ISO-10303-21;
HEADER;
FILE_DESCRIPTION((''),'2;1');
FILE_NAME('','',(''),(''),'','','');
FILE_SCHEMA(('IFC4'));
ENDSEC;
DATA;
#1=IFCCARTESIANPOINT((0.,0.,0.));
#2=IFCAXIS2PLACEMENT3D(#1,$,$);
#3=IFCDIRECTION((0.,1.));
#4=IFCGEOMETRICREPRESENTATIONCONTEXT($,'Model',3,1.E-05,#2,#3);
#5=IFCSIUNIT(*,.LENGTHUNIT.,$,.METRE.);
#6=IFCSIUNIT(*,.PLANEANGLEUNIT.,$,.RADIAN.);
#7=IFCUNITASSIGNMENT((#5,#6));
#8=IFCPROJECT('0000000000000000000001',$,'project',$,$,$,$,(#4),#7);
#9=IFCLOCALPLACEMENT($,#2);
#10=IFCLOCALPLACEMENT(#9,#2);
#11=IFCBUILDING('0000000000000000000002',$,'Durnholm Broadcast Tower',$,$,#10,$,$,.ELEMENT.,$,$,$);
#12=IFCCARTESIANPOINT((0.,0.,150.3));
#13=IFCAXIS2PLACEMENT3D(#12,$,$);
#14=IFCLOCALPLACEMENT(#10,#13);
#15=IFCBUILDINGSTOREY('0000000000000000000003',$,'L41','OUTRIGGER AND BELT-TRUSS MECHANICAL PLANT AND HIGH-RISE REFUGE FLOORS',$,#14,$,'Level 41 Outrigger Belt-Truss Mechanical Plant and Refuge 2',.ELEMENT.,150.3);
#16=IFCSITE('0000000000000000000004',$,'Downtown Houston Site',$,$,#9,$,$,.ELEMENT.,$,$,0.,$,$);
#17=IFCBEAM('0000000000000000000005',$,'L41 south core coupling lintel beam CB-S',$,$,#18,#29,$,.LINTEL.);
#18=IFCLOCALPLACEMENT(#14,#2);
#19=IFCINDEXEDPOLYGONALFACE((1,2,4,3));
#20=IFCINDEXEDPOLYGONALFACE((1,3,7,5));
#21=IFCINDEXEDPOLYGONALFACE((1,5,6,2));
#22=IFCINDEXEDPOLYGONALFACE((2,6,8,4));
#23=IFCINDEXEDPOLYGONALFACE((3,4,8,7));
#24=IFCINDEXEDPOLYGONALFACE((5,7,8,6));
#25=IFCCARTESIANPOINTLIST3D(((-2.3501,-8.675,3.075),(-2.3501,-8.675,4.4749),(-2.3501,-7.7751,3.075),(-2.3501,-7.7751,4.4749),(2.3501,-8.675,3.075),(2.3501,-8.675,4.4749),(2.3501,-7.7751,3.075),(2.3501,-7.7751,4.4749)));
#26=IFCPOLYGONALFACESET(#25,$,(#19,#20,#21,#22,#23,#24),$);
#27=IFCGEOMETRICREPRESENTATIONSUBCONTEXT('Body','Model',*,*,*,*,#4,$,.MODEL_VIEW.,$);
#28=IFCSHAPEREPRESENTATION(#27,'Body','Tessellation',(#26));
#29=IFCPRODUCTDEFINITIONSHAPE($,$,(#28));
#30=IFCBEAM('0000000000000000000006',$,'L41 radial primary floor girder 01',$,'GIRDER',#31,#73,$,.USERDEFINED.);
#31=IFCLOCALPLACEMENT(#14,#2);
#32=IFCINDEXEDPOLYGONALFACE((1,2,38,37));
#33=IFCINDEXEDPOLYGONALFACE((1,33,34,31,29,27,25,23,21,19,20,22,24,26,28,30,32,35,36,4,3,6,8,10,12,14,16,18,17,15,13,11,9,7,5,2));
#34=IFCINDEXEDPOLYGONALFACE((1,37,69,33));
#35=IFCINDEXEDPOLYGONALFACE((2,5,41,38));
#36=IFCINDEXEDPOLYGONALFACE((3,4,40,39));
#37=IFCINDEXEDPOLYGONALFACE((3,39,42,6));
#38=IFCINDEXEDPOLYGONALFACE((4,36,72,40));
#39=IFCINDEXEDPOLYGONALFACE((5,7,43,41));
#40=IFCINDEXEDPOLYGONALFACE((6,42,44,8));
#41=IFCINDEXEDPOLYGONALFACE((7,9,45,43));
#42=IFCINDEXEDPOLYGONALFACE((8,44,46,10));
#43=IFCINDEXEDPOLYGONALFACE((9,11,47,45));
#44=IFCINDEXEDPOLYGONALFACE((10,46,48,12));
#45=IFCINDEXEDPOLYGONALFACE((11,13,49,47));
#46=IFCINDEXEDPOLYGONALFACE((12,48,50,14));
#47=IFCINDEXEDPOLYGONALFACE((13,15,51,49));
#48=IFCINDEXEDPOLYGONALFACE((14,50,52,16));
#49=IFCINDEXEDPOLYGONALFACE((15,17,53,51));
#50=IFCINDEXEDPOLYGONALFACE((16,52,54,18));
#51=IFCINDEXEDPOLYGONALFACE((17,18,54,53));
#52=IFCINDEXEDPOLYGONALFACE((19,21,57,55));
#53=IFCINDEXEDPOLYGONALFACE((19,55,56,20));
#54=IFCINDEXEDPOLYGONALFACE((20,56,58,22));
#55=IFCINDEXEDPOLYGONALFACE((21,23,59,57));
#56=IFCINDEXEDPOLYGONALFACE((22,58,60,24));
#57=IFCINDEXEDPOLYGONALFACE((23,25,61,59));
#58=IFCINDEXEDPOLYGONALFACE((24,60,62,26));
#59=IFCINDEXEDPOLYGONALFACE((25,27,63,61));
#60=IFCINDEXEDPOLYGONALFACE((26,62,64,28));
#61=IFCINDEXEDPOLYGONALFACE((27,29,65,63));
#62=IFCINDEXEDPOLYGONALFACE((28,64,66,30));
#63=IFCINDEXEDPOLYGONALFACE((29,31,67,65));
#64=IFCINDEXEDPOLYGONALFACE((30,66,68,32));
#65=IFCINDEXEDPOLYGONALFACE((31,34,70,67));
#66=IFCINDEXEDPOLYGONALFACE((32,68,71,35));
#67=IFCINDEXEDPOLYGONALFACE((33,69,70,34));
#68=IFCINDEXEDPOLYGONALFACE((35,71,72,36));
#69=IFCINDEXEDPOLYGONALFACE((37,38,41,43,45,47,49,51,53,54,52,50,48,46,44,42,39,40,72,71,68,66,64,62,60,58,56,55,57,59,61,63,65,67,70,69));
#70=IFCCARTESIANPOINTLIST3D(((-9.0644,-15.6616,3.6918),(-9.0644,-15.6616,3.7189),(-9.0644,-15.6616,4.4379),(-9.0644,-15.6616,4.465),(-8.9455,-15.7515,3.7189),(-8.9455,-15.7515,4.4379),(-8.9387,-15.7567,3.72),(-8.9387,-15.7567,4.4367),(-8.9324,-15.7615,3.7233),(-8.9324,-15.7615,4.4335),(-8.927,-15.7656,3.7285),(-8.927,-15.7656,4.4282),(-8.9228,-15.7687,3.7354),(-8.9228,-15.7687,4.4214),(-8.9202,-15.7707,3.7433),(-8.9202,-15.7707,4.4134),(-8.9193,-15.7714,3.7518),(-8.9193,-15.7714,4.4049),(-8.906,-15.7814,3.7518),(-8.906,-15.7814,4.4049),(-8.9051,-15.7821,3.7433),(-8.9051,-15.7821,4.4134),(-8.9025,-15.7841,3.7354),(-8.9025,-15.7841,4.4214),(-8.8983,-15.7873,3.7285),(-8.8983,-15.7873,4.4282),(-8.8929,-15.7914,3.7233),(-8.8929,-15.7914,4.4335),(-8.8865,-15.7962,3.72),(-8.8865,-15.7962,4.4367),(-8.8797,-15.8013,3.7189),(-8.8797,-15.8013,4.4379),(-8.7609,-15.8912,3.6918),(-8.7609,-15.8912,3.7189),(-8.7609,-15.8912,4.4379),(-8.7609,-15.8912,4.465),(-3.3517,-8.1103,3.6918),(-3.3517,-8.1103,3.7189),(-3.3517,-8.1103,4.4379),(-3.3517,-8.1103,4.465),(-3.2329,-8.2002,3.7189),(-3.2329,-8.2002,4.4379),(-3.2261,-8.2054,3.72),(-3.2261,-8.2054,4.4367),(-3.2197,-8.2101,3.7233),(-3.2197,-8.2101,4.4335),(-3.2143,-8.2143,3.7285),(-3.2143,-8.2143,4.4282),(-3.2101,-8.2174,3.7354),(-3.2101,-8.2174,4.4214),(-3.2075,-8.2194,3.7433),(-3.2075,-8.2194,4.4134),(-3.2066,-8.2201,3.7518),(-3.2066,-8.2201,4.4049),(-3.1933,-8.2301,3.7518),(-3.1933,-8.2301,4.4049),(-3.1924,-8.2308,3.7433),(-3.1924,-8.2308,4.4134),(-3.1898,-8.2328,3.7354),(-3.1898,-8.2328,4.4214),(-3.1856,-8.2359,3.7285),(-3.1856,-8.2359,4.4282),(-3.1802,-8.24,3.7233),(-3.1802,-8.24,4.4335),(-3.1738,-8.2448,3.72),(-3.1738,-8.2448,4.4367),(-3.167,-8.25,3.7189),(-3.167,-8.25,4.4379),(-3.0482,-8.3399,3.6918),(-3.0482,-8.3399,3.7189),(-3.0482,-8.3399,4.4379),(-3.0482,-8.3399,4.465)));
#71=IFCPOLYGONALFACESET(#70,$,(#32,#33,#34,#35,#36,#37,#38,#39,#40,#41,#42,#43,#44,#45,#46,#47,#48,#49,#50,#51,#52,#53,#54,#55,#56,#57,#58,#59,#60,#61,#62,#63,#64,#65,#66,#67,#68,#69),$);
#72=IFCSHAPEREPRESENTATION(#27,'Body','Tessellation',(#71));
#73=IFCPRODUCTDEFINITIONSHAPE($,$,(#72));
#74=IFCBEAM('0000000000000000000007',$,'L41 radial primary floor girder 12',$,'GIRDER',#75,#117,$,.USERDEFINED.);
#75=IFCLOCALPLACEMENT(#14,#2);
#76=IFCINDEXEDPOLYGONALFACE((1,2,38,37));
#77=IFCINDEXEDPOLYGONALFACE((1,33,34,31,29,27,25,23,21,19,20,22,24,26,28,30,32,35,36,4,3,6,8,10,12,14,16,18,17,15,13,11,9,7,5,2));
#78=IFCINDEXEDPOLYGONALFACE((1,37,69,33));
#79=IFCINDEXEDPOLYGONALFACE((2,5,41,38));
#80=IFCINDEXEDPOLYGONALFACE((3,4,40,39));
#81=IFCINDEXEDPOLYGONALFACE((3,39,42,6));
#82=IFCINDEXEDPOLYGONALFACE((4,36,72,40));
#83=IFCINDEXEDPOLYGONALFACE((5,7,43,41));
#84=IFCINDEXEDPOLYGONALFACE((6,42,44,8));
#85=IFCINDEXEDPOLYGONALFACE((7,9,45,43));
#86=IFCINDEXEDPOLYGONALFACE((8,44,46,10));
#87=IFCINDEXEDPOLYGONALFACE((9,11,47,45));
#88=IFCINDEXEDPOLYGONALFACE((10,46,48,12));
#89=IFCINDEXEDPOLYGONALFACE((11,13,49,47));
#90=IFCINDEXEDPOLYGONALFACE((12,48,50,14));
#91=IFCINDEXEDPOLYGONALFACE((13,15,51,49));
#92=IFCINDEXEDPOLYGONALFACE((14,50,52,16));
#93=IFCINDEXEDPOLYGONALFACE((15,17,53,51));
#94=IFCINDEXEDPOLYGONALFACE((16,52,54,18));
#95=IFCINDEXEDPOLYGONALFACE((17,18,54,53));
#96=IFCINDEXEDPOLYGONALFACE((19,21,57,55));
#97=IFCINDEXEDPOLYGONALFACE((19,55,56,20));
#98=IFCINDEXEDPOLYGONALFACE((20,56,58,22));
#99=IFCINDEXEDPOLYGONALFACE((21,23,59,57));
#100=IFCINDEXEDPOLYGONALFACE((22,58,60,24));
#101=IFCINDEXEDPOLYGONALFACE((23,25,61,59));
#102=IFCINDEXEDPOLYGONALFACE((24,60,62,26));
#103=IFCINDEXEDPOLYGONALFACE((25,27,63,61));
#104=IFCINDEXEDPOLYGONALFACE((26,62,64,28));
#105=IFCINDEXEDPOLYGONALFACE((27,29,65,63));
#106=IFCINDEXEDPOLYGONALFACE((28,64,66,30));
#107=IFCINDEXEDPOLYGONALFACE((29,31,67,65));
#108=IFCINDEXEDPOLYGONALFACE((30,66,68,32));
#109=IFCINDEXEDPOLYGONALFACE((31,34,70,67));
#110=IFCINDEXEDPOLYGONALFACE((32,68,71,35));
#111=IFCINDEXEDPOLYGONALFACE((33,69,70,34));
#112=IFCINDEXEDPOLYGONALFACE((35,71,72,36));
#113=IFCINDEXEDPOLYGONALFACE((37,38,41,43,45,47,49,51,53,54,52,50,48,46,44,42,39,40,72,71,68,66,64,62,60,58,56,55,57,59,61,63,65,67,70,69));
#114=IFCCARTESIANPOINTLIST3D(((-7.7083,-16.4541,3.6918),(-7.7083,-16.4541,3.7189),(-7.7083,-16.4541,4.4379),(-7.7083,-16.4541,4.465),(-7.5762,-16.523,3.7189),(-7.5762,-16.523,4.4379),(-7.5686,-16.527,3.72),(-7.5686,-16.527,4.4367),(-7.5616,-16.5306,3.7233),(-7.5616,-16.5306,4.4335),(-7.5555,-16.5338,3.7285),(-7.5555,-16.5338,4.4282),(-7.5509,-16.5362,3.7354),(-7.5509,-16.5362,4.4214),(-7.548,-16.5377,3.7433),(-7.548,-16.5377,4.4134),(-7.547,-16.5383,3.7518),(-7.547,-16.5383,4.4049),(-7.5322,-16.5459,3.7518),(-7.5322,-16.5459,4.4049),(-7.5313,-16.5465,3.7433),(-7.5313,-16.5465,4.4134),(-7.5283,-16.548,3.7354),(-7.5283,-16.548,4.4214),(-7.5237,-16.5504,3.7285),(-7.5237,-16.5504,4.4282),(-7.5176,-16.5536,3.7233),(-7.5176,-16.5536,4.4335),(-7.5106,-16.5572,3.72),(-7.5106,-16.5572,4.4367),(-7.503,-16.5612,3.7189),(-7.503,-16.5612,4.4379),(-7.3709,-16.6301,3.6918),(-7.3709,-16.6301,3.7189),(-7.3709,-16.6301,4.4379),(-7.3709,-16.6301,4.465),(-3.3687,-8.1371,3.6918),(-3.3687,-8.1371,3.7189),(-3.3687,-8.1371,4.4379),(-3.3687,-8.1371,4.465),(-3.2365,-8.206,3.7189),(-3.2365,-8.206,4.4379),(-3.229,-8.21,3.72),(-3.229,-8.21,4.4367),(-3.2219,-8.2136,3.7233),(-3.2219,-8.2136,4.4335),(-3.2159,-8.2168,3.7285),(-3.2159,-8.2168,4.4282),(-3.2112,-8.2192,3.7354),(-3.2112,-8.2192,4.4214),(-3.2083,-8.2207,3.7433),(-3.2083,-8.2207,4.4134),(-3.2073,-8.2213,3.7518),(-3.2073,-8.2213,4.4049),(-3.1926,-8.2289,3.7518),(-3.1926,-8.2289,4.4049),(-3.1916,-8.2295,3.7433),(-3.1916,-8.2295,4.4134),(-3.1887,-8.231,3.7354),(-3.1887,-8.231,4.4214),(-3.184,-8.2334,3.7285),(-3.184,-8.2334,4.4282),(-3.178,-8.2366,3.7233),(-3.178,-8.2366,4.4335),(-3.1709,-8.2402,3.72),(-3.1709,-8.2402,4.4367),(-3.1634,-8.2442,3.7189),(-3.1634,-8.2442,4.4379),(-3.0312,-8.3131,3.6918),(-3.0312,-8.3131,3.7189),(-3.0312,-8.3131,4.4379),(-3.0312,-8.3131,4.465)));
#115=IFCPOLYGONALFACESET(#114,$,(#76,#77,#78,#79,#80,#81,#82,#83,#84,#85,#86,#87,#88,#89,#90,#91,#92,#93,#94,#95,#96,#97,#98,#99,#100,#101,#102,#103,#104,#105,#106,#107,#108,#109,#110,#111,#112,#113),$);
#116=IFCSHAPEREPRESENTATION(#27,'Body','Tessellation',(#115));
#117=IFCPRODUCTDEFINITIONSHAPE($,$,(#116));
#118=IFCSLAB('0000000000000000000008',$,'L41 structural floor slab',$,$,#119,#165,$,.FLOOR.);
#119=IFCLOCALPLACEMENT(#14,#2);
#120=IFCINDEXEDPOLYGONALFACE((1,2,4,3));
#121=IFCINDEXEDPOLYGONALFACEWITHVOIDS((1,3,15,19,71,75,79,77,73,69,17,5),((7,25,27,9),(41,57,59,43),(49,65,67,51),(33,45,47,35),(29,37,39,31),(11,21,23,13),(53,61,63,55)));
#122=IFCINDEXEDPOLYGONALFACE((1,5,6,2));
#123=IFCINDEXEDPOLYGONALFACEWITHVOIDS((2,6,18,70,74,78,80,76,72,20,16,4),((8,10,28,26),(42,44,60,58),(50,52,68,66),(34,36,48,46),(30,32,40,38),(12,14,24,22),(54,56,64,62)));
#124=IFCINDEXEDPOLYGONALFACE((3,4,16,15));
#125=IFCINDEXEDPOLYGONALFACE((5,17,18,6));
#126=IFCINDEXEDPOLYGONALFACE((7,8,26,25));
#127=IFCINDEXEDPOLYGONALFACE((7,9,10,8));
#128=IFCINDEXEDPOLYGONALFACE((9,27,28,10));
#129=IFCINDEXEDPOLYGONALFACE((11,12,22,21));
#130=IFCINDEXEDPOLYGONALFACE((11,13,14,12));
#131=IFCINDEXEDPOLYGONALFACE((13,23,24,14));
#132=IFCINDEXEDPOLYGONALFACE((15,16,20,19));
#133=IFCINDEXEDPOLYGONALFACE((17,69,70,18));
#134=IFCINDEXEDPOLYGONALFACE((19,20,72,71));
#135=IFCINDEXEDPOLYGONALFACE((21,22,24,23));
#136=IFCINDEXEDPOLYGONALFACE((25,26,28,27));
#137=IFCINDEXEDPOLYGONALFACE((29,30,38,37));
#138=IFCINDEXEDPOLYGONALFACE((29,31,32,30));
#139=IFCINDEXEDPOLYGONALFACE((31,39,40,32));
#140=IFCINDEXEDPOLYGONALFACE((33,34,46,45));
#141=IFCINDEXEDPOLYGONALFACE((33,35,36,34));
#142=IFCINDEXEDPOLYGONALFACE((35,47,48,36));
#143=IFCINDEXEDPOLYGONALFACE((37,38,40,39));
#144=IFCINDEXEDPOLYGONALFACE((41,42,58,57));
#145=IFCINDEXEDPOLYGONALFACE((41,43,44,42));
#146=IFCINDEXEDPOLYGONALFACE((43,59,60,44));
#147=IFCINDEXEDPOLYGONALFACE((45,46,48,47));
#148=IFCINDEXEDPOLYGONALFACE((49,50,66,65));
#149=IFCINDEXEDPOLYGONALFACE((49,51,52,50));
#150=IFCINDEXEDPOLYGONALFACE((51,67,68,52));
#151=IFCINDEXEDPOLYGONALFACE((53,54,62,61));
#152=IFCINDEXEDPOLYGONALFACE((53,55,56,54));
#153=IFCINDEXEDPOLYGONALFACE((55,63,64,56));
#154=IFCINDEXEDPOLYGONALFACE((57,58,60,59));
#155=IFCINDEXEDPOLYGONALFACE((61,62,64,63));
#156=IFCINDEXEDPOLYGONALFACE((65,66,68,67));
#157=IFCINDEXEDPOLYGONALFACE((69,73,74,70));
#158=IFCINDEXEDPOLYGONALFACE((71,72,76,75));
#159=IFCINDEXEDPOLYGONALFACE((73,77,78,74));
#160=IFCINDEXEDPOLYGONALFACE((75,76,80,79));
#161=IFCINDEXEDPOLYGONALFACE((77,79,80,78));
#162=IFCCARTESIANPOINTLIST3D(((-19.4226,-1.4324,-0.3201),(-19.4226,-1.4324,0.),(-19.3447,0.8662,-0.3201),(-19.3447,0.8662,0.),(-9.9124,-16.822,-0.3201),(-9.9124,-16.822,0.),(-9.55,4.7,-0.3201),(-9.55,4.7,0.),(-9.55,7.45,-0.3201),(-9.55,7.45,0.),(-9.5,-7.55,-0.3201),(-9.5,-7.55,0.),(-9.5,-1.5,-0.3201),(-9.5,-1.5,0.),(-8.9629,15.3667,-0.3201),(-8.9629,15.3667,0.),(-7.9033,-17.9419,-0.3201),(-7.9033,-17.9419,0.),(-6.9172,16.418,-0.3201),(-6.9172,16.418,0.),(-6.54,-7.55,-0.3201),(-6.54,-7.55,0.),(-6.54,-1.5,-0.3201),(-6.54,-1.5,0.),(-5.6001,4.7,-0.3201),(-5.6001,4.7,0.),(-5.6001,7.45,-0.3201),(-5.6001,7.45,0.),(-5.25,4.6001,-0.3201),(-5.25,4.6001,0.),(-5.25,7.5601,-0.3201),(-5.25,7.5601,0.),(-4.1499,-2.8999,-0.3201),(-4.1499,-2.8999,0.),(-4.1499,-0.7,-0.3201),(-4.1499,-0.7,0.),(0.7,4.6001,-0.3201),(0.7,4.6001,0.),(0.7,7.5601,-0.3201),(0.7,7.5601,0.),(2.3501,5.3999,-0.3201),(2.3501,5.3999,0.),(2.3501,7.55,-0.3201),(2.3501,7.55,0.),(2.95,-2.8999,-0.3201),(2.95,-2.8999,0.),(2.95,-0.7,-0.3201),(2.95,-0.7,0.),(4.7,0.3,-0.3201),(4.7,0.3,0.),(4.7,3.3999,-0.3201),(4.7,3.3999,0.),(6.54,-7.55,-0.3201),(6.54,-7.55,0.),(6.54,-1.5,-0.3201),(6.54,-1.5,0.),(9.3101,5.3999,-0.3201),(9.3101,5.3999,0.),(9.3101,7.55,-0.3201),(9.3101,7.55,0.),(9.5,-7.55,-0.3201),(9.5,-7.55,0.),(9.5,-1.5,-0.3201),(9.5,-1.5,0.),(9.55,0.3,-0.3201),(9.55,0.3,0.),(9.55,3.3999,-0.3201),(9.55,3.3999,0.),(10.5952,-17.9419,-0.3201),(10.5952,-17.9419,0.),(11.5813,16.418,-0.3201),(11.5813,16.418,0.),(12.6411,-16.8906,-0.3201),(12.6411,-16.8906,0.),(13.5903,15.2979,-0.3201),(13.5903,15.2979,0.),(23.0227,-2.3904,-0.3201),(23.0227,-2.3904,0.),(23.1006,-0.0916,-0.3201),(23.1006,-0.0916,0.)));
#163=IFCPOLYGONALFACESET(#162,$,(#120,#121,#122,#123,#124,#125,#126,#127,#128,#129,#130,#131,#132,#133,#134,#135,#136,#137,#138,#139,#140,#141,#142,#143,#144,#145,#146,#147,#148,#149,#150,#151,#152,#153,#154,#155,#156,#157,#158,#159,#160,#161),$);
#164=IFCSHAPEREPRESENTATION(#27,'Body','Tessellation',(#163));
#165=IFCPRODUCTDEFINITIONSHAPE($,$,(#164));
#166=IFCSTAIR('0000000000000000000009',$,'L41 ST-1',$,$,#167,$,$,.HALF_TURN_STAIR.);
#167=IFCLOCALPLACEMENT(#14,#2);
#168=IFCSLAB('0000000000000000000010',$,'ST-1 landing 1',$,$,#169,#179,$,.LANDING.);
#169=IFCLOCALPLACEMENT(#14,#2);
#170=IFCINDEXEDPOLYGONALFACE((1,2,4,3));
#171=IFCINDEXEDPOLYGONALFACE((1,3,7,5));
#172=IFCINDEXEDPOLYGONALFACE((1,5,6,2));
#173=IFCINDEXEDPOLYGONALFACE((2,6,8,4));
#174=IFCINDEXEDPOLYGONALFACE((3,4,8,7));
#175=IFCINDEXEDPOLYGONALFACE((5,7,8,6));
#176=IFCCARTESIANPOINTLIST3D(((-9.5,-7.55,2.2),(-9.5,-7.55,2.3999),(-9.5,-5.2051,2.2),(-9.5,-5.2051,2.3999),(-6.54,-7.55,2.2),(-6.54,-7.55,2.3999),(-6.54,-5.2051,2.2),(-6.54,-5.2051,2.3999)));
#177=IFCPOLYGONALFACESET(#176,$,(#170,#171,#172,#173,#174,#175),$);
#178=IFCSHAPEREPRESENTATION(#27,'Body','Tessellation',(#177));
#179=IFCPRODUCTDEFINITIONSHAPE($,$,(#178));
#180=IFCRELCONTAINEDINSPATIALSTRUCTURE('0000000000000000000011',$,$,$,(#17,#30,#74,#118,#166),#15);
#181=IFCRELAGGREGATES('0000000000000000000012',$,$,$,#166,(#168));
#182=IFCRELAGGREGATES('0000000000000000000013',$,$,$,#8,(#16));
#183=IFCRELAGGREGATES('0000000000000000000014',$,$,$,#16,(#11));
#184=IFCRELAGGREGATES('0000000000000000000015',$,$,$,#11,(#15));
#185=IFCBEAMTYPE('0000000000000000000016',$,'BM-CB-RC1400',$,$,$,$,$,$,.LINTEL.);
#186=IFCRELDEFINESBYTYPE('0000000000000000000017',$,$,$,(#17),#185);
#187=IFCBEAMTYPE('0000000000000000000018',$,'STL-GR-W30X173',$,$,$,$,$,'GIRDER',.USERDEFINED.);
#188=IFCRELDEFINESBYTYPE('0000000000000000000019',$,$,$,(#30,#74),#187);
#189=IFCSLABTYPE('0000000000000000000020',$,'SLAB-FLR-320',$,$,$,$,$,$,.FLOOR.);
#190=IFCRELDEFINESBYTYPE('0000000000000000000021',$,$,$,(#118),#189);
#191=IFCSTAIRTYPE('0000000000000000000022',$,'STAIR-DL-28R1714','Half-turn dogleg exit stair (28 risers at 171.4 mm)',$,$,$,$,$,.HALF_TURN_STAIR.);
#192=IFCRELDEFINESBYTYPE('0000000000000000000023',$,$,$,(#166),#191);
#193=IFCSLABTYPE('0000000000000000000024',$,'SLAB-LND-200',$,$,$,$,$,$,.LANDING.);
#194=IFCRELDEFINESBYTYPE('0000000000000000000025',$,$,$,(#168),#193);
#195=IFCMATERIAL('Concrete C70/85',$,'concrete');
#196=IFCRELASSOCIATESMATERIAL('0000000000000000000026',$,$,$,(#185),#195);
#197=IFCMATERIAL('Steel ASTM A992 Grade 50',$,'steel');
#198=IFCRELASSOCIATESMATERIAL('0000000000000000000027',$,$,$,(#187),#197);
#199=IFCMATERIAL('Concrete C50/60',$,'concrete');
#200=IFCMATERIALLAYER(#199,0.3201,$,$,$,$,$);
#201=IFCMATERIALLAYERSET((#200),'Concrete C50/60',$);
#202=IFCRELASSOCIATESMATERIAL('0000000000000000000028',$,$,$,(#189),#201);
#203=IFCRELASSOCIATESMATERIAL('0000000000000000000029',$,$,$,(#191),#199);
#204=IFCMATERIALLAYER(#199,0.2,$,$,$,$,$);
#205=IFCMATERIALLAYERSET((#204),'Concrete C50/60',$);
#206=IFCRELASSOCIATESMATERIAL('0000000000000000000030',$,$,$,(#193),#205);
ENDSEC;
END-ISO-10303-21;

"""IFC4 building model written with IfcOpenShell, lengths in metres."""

from ifc_helpers import new_model, si_unit, direction, frame, origin, origin_2d, place, context, subcontext, project, spatial, polyline, rectangle, i_section, outline, extrude, source, transform, mapped, material, layer, layer_set, material_profile, profile_set, type_object, type_shapes, element, aggregate, save


model = new_model("IFC4")

# Units and contexts
model_context = context("Model", 3, precision=1e-05, world=origin(), true_north=direction((0.0, 1.0)))
body_context = subcontext(model_context, "Body", "Model", "MODEL_VIEW")
ifc_project = project(units=[si_unit("LENGTHUNIT", "METRE"), si_unit("PLANEANGLEUNIT", "RADIAN")], contexts=[model_context])

# Site, building, storey
site_placement = place(None, origin())
site = spatial("IfcSite", under=ifc_project, at=site_placement, Name="Downtown Houston Site", CompositionType="ELEMENT", RefElevation=0.0)
building_placement = place(site_placement, origin())
building = spatial("IfcBuilding", under=site, at=building_placement, Name="Durnholm Broadcast Tower", CompositionType="ELEMENT")
storey_placement = place(building_placement, frame((0.0, 0.0, 150.3)))
storey = spatial("IfcBuildingStorey", under=building, at=storey_placement, Name="L41", Description="OUTRIGGER AND BELT-TRUSS MECHANICAL PLANT AND HIGH-RISE REFUGE FLOORS", LongName="Level 41 Outrigger Belt-Truss Mechanical Plant and Refuge 2", CompositionType="ELEMENT", Elevation=150.3)

# Beams
ifc_material_1 = material(Name="Concrete C70/85", Category="concrete")
ifc_material_profile_1 = material_profile(ifc_material_1, rectangle(XDim=0.8999, YDim=1.3999, at=origin_2d()), Name="RC900X1400")
ifc_profile_set_1 = profile_set([ifc_material_profile_1], Name="Concrete C70/85")
beam_type_1 = type_object("IfcBeamType", Name="BM-CB-RC1400", PredefinedType="LINTEL", material=ifc_profile_set_1)
shared_shape_1 = source(origin(), body_context, "Body", "SweptSolid", [
    extrude(rectangle(XDim=0.8999, YDim=1.3999, at=origin_2d()), origin(), (0.0, 0.0, 1.0), 4.7002),
])
type_shapes(beam_type_1, [shared_shape_1])
beam_1_placement = place(storey_placement, frame((-2.3501, -8.2251, 3.7749), z_axis=(1.0, 0.0, 0.0), x_axis=(0.0, 1.0, 0.0)))
element("IfcBeam", 1, at=beam_1_placement, inside=storey, type_object=beam_type_1, Name="L41 south core coupling lintel beam CB-S", PredefinedType="LINTEL", context=body_context, shape_type="MappedRepresentation", body=[
    mapped(shared_shape_1, transform((0.0, 0.0, 0.0), x_axis=(1.0, 0.0, 0.0), y_axis=(0.0, 1.0, 0.0), z_axis=(0.0, 0.0, 1.0), scale=1.0)),
])
ifc_material_2 = material(Name="Steel ASTM A992 Grade 50", Category="steel")
ifc_material_profile_2 = material_profile(ifc_material_2, i_section(OverallWidth=0.3806, OverallDepth=0.7732, WebThickness=0.0166, FlangeThickness=0.0271, FilletRadius=0.033, at=origin_2d()), Name="W30X173")
ifc_profile_set_2 = profile_set([ifc_material_profile_2], Name="Steel ASTM A992 Grade 50")
beam_type_2 = type_object("IfcBeamType", Name="STL-GR-W30X173", ElementType="GIRDER", PredefinedType="USERDEFINED", material=ifc_profile_set_2)
shared_shape_2 = source(origin(), body_context, "Body", "SweptSolid", [
    extrude(i_section(OverallWidth=0.3806, OverallDepth=0.7732, WebThickness=0.0166, FlangeThickness=0.0271, FilletRadius=0.033, at=origin_2d()), origin(), (0.0, 0.0, 1.0), 9.4688),
])
beam_2_placement = place(storey_placement, frame((-3.2, -8.2251, 4.0784), z_axis=(-0.60332, -0.797499, 0.0), x_axis=(0.797499, -0.60332, 0.0)))
element("IfcBeam", 2, at=beam_2_placement, inside=storey, type_object=beam_type_2, Name="L41 radial primary floor girder 01", ObjectType="GIRDER", PredefinedType="USERDEFINED", context=body_context, shape_type="MappedRepresentation", body=[
    mapped(shared_shape_2, transform((0.0, 0.0, 0.0), x_axis=(1.0, 0.0, 0.0), y_axis=(0.0, 1.0, 0.0), z_axis=(0.0, 0.0, 1.0), scale=1.0)),
])
shared_shape_3 = source(origin(), body_context, "Body", "SweptSolid", [
    extrude(i_section(OverallWidth=0.3806, OverallDepth=0.7732, WebThickness=0.0166, FlangeThickness=0.0271, FilletRadius=0.033, at=origin_2d()), origin(), (0.0, 0.0, 1.0), 9.3811),
])
type_shapes(beam_type_2, [shared_shape_2, shared_shape_3])
beam_3_placement = place(storey_placement, frame((-3.2, -8.2251, 4.0784), z_axis=(-0.462595, -0.88657, 0.0), x_axis=(0.88657, -0.462595, 0.0)))
element("IfcBeam", 3, at=beam_3_placement, inside=storey, type_object=beam_type_2, Name="L41 radial primary floor girder 12", ObjectType="GIRDER", PredefinedType="USERDEFINED", context=body_context, shape_type="MappedRepresentation", body=[
    mapped(shared_shape_3, transform((0.0, 0.0, 0.0), x_axis=(1.0, 0.0, 0.0), y_axis=(0.0, 1.0, 0.0), z_axis=(0.0, 0.0, 1.0), scale=1.0)),
])

# Slab
ifc_material_3 = material(Name="Concrete C50/60", Category="concrete")
ifc_layer_1 = layer(ifc_material_3, 0.3201)
ifc_layer_set_1 = layer_set([ifc_layer_1], Name="Concrete C50/60")
slab_type_1 = type_object("IfcSlabType", Name="SLAB-FLR-320", PredefinedType="FLOOR", material=ifc_layer_set_1)
slab_1_placement = place(storey_placement, frame((0.0, 0.0, -0.3201)))
element("IfcSlab", 4, at=slab_1_placement, inside=storey, type_object=slab_type_1, Name="L41 structural floor slab", PredefinedType="FLOOR", context=body_context, shape_type="SweptSolid", body=[
    extrude(outline(polyline([(-9.9124, -16.822), (-7.9033, -17.9419), (10.5952, -17.9419), (12.6411, -16.8906), (23.0227, -2.3904), (23.1006, -0.0916), (13.5903, 15.2979), (11.5813, 16.418), (-6.9172, 16.418), (-8.9629, 15.3667), (-19.3447, 0.8662), (-19.4226, -1.4324), (-9.9124, -16.822)]), holes=[polyline([(-6.54, -1.5), (-9.5, -1.5), (-9.5, -7.55), (-6.54, -7.55), (-6.54, -1.5)]), polyline([(9.5, -7.55), (9.5, -1.5), (6.54, -1.5), (6.54, -7.55), (9.5, -7.55)]), polyline([(2.95, -0.7), (-4.1499, -0.7), (-4.1499, -2.8999), (2.95, -2.8999), (2.95, -0.7)]), polyline([(9.55, 3.3999), (4.7, 3.3999), (4.7, 0.3), (9.55, 0.3), (9.55, 3.3999)]), polyline([(-5.6001, 7.45), (-9.55, 7.45), (-9.55, 4.7), (-5.6001, 4.7), (-5.6001, 7.45)]), polyline([(-5.25, 4.6001), (0.7, 4.6001), (0.7, 7.5601), (-5.25, 7.5601), (-5.25, 4.6001)]), polyline([(9.3101, 7.55), (2.3501, 7.55), (2.3501, 5.3999), (9.3101, 5.3999), (9.3101, 7.55)])]), origin(), (0.0, 0.0, 1.0), 0.3201),
])

# Stair, slab
stair_type = type_object("IfcStairType", Name="STAIR-DL-28R1714", Description="Half-turn dogleg exit stair (28 risers at 171.4 mm)", PredefinedType="HALF_TURN_STAIR", material=ifc_material_3)
stair_placement = place(storey_placement, origin())
stair = element("IfcStair", 5, at=stair_placement, inside=storey, type_object=stair_type, Name="L41 ST-1", PredefinedType="HALF_TURN_STAIR")
ifc_layer_2 = layer(ifc_material_3, 0.2)
ifc_layer_set_2 = layer_set([ifc_layer_2], Name="Concrete C50/60")
slab_type_2 = type_object("IfcSlabType", Name="SLAB-LND-200", PredefinedType="LANDING", material=ifc_layer_set_2)
slab_2_placement = place(storey_placement, frame((0.0, 0.0, 2.2)))
slab_2 = element("IfcSlab", 6, at=slab_2_placement, type_object=slab_type_2, Name="ST-1 landing 1", PredefinedType="LANDING", context=body_context, shape_type="SweptSolid", body=[
    extrude(outline(polyline([(-9.5, -5.2051), (-9.5, -7.55), (-6.54, -7.55), (-6.54, -5.2051), (-9.5, -5.2051)])), origin(), (0.0, 0.0, 1.0), 0.2),
])

aggregate(stair, [slab_2])

save(model, "model.ifc")
